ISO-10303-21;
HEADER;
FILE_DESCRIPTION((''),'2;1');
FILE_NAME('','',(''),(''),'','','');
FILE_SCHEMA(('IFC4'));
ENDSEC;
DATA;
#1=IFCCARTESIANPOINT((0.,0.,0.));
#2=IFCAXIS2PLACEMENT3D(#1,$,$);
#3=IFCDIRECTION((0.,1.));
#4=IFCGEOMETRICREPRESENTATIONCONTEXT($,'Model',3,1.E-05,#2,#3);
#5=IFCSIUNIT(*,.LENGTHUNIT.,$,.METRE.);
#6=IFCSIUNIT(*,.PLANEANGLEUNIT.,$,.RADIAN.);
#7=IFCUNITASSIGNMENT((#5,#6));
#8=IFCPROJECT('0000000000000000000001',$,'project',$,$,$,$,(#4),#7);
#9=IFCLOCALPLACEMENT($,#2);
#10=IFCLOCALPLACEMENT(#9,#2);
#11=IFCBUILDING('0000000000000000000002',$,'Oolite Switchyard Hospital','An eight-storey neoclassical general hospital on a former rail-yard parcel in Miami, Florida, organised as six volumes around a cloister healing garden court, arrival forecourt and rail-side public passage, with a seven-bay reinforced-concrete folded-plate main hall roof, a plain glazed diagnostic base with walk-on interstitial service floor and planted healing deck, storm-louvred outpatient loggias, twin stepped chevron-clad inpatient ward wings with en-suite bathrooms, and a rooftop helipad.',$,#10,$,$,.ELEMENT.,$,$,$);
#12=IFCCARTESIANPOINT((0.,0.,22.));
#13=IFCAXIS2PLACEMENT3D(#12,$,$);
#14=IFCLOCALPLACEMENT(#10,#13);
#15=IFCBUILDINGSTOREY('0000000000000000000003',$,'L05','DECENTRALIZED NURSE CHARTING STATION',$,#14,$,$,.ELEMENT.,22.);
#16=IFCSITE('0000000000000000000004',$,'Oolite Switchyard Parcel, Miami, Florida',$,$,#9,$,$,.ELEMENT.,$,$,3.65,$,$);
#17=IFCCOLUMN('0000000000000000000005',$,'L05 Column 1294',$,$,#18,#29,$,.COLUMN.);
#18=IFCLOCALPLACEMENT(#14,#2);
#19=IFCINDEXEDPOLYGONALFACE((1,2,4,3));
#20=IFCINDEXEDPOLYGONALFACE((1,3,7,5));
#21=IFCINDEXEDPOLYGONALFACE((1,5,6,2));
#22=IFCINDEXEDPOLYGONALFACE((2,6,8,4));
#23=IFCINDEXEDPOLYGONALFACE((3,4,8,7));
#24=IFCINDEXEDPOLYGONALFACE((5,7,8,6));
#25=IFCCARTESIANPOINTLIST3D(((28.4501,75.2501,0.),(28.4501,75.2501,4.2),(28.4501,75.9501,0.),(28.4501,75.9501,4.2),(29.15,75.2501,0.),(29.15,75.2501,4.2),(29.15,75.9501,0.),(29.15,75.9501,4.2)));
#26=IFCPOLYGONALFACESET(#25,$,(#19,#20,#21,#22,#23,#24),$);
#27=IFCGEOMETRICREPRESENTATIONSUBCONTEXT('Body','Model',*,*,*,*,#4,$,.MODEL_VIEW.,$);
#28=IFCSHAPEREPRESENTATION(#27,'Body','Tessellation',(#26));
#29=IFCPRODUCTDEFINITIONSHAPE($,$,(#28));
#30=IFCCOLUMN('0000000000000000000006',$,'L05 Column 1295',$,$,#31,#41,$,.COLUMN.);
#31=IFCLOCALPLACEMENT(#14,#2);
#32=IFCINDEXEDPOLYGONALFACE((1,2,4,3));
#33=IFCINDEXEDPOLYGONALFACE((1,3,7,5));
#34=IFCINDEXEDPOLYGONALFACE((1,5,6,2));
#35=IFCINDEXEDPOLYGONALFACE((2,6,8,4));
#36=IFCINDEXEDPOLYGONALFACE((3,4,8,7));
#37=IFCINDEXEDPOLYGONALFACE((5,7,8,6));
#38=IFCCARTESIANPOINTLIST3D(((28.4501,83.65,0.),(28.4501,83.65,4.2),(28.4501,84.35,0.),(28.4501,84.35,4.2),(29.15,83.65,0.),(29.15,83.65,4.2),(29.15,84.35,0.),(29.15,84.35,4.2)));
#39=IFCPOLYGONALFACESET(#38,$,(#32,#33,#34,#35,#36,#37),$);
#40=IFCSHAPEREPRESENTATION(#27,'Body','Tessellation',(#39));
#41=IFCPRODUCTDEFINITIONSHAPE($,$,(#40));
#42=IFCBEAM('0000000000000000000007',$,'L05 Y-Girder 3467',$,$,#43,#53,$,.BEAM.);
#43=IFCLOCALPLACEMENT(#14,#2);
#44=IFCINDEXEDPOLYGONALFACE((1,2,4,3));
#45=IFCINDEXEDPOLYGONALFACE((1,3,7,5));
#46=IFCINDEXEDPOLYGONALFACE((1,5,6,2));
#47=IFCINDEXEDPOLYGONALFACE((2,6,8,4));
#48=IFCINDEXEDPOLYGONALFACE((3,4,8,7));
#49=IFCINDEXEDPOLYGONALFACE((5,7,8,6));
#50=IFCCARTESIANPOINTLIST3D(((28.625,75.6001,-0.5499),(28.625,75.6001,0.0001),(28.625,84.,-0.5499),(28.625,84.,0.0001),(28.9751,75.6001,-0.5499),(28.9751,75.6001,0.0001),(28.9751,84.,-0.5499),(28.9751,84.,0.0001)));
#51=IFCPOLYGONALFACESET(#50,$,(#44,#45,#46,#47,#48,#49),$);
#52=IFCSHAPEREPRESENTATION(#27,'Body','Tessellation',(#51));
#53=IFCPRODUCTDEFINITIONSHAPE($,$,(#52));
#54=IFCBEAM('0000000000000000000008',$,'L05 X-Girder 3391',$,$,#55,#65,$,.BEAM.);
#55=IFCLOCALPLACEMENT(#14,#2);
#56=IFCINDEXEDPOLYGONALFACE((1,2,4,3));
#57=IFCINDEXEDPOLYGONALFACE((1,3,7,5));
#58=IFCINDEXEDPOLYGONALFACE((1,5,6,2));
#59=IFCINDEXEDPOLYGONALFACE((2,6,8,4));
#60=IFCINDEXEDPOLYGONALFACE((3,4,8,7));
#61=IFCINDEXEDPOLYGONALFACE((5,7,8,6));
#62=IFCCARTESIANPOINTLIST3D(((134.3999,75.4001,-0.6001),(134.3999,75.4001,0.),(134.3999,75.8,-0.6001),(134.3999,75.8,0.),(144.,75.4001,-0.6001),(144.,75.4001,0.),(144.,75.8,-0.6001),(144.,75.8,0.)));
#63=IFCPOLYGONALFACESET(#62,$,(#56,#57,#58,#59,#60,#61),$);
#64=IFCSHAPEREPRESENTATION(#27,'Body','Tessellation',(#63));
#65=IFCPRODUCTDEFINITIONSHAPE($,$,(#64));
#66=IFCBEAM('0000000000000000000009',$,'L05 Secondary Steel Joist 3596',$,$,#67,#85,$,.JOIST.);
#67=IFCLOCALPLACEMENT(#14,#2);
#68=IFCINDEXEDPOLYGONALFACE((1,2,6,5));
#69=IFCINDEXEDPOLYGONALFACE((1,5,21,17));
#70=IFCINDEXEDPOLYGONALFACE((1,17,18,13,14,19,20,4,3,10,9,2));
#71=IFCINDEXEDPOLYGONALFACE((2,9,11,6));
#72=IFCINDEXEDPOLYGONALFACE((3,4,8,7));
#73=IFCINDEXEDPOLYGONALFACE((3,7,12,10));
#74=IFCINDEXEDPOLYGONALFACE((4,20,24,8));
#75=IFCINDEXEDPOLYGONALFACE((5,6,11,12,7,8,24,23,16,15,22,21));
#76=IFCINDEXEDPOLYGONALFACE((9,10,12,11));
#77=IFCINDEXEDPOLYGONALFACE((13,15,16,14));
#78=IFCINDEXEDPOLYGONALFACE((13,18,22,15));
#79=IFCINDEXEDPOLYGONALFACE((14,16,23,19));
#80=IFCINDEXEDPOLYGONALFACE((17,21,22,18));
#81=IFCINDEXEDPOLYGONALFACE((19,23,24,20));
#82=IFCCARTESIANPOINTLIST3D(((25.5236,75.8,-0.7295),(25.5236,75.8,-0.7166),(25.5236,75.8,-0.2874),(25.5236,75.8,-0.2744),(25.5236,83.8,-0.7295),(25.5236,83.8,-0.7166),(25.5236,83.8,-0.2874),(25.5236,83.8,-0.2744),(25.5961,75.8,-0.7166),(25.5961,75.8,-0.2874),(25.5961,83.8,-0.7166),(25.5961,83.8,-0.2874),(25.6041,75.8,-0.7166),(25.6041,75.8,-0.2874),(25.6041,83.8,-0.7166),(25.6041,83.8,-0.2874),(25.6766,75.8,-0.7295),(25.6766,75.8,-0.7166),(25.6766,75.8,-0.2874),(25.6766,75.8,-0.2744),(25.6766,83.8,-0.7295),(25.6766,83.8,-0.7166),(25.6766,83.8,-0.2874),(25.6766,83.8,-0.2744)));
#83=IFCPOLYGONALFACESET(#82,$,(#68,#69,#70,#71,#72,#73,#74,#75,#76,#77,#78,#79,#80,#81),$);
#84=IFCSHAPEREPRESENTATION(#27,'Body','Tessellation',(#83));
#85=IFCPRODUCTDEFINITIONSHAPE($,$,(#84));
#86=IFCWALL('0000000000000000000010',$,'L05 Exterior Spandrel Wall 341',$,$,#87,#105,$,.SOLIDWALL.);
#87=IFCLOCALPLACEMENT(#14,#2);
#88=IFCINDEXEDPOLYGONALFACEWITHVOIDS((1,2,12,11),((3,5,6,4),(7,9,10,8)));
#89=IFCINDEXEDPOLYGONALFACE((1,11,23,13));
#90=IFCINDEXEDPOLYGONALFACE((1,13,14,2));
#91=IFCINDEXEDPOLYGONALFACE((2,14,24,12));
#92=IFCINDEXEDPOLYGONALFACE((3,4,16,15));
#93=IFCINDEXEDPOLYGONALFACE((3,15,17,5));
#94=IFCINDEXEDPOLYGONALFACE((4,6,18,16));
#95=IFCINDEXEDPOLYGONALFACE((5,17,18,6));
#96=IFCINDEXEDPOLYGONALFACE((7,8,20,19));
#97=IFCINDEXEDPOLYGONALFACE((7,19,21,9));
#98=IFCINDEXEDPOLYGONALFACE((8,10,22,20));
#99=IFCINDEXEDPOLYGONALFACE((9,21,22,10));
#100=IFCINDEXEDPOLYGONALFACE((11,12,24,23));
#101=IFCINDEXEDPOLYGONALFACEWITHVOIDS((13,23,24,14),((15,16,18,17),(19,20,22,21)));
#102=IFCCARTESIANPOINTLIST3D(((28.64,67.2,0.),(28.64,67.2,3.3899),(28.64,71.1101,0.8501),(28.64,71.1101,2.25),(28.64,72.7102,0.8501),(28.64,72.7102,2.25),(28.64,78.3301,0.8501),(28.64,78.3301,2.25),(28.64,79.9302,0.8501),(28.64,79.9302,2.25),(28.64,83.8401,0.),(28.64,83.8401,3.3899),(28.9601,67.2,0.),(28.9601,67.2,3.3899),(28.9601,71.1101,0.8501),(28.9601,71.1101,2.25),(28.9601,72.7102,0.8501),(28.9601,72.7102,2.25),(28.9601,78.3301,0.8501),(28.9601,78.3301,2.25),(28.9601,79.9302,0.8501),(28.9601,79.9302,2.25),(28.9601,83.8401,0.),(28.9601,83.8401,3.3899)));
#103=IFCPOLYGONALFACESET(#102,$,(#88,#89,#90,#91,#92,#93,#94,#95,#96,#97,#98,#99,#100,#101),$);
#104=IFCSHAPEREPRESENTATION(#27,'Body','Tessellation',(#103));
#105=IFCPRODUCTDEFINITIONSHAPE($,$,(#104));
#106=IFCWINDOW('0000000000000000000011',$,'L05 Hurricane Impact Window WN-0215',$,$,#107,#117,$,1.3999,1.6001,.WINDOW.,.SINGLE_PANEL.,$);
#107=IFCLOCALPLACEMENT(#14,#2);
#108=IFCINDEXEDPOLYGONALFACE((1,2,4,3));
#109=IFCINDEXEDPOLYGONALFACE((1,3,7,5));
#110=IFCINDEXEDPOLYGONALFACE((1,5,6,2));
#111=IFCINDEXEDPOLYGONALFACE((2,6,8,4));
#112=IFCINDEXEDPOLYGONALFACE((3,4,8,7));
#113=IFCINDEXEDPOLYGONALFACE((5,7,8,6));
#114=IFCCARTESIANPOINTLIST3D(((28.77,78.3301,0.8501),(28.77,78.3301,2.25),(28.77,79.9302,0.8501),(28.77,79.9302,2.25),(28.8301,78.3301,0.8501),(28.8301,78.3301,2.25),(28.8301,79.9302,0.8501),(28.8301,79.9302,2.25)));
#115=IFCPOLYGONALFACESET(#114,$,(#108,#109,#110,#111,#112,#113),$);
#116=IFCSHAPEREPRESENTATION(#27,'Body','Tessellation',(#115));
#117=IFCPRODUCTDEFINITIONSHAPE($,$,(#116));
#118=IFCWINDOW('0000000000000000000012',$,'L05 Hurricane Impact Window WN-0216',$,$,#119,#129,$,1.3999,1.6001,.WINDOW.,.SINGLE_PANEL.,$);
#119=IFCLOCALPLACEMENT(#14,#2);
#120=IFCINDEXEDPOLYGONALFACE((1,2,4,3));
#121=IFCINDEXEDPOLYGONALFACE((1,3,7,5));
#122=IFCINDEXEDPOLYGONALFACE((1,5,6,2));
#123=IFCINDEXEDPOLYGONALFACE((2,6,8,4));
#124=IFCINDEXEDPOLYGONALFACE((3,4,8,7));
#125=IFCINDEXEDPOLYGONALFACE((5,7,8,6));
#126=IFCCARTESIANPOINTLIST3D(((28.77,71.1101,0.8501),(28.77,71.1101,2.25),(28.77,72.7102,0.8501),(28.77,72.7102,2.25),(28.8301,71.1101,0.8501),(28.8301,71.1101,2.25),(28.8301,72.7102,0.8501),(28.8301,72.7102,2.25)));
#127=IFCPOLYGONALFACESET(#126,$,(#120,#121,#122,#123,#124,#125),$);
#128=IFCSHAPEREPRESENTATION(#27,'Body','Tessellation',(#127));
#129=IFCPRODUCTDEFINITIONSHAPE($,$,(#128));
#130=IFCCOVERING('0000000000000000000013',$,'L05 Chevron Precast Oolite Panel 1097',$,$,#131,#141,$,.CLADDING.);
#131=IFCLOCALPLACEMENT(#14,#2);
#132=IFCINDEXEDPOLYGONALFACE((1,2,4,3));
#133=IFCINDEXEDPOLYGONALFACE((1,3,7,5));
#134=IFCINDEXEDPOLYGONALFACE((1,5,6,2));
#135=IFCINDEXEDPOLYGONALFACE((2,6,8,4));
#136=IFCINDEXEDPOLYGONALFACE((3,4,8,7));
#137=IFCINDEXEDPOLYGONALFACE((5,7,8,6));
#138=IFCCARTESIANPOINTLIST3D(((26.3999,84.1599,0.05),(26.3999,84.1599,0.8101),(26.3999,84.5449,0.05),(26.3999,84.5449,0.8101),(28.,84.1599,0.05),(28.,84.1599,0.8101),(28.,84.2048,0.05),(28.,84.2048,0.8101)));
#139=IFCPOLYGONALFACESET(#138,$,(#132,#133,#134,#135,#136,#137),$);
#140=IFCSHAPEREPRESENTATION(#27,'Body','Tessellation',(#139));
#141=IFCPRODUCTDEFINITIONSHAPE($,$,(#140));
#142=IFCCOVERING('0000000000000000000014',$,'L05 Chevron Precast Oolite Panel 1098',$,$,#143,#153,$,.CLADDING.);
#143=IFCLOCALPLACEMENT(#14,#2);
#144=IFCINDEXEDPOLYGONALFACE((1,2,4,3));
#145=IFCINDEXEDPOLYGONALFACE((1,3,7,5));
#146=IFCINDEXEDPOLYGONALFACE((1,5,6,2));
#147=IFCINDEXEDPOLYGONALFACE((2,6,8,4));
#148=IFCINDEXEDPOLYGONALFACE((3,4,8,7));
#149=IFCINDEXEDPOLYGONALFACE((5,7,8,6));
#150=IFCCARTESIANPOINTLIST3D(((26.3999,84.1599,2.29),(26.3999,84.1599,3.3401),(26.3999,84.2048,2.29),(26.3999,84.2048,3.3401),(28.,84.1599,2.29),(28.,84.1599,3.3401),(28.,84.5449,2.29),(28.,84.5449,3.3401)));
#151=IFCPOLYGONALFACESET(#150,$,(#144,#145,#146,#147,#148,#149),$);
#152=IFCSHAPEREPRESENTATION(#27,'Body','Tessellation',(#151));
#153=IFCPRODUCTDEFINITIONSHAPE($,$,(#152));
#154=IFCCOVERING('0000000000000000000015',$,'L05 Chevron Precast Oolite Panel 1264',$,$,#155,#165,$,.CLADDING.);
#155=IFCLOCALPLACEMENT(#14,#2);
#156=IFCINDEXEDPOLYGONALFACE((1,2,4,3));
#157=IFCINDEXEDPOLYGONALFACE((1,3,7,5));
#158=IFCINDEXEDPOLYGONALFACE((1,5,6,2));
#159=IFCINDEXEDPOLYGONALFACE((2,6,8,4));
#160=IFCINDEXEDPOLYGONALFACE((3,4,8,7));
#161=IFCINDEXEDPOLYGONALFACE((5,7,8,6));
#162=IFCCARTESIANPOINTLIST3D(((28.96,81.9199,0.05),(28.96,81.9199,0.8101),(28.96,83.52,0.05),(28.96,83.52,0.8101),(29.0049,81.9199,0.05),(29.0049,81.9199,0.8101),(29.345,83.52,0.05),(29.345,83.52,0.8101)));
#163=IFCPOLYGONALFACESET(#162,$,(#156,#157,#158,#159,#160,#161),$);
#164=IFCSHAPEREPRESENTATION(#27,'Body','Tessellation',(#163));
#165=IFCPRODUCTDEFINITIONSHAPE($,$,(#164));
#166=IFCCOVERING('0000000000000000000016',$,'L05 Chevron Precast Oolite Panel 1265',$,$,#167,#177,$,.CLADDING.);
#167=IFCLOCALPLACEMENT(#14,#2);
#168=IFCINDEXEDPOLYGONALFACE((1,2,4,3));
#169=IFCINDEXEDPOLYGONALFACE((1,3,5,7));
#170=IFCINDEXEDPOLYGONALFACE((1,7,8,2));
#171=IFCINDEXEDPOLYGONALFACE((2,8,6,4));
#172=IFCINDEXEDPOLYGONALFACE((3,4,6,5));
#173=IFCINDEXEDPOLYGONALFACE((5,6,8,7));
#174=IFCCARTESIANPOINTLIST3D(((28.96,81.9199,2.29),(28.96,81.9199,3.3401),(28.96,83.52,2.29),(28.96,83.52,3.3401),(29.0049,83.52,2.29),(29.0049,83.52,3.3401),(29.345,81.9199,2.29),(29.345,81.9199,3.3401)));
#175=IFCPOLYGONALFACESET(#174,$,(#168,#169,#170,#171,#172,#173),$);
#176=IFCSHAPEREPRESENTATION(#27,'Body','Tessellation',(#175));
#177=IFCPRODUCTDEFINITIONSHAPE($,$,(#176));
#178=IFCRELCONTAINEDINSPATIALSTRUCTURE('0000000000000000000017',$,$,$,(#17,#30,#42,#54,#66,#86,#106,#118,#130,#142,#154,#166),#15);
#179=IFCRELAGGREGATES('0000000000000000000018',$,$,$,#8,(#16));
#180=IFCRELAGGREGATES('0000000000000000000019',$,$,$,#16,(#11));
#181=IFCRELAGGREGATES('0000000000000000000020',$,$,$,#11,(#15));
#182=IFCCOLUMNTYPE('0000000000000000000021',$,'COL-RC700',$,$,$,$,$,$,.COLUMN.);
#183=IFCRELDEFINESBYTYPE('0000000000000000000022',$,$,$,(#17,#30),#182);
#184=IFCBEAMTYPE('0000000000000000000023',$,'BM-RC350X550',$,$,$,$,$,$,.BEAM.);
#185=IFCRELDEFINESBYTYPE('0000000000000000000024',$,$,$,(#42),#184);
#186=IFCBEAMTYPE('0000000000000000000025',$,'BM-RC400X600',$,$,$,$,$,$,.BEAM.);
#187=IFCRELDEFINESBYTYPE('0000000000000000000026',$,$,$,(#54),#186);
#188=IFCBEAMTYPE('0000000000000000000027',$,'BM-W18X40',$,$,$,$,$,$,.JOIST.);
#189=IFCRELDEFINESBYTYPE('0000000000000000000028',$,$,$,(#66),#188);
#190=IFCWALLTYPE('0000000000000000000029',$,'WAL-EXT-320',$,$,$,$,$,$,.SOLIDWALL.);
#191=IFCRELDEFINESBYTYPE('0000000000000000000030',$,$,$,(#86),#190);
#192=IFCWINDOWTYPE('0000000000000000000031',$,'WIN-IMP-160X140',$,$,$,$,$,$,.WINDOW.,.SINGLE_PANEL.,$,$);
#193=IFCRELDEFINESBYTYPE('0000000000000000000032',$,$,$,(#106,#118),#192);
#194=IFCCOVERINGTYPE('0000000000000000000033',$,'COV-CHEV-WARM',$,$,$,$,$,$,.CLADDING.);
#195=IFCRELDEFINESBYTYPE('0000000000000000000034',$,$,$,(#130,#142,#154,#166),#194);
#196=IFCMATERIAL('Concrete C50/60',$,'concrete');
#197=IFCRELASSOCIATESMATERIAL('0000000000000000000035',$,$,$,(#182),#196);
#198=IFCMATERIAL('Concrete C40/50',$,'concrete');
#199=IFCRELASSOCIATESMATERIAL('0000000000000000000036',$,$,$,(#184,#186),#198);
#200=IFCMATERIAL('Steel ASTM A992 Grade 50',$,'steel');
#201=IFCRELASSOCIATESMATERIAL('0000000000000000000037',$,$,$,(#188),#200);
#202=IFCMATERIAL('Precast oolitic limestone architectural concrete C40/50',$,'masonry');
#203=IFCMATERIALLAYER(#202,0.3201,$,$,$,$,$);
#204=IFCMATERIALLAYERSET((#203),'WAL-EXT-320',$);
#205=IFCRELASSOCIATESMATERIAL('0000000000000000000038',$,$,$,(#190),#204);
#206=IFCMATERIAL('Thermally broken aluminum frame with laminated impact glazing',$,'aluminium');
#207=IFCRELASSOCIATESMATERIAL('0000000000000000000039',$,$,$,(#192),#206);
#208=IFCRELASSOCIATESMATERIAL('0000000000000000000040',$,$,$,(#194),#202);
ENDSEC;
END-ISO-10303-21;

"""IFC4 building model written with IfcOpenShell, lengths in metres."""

from ifc_helpers import new_model, si_unit, direction, frame, frame_2d, origin, origin_2d, place, context, subcontext, project, spatial, polyline, rectangle, i_section, outline, extrude, material, layer, layer_set, material_profile, profile_set, type_object, element, fill, save


model = new_model("IFC4")

# Units and contexts
model_context = context("Model", 3, precision=1e-05, world=origin(), true_north=direction((0.0, 1.0)))
body_context = subcontext(model_context, "Body", "Model", "MODEL_VIEW")
ifc_project = project(units=[si_unit("LENGTHUNIT", "METRE"), si_unit("PLANEANGLEUNIT", "RADIAN")], contexts=[model_context])

# Site, building, storey
site_placement = place(None, origin())
site = spatial("IfcSite", under=ifc_project, at=site_placement, Name="Oolite Switchyard Parcel, Miami, Florida", CompositionType="ELEMENT", RefElevation=3.65)
building_placement = place(site_placement, origin())
building = spatial("IfcBuilding", under=site, at=building_placement, Name="Oolite Switchyard Hospital", Description="An eight-storey neoclassical general hospital on a former rail-yard parcel in Miami, Florida, organised as six volumes around a cloister healing garden court, arrival forecourt and rail-side public passage, with a seven-bay reinforced-concrete folded-plate main hall roof, a plain glazed diagnostic base with walk-on interstitial service floor and planted healing deck, storm-louvred outpatient loggias, twin stepped chevron-clad inpatient ward wings with en-suite bathrooms, and a rooftop helipad.", CompositionType="ELEMENT")
storey_placement = place(building_placement, frame((0.0, 0.0, 22.0)))
storey = spatial("IfcBuildingStorey", under=building, at=storey_placement, Name="L05", Description="DECENTRALIZED NURSE CHARTING STATION", CompositionType="ELEMENT", Elevation=22.0)

# Columns
ifc_material_1 = material(Name="Concrete C50/60", Category="concrete")
ifc_material_profile_1 = material_profile(ifc_material_1, rectangle(XDim=0.7, YDim=0.7, at=origin_2d()), Name="RC700X700")
ifc_profile_set_1 = profile_set([ifc_material_profile_1], Name="Concrete C50/60")
column_type = type_object("IfcColumnType", Name="COL-RC700", PredefinedType="COLUMN", material=ifc_profile_set_1)
for number, where, z_axis, x_axis, name in (
    (1, (28.8, 75.6001, 0.0), (0.0, 0.0, 1.0), (1.0, 0.0, 0.0), "L05 Column 1294"),
    (2, (28.8, 84.0, 0.0), (0.0, 0.0, 1.0), (1.0, 0.0, 0.0), "L05 Column 1295"),
):
    element("IfcColumn", number, at=place(storey_placement, frame(where, z_axis=z_axis, x_axis=x_axis)), inside=storey, type_object=column_type, Name=name, PredefinedType="COLUMN", context=body_context, shape_type="SweptSolid", body=[
        extrude(rectangle(XDim=0.7, YDim=0.7, at=origin_2d()), origin(), (0.0, 0.0, 1.0), 4.2),
    ])

# Beams
ifc_material_2 = material(Name="Concrete C40/50", Category="concrete")
ifc_material_profile_2 = material_profile(ifc_material_2, rectangle(XDim=0.3501, YDim=0.55, at=origin_2d()), Name="RCB350X550")
ifc_profile_set_2 = profile_set([ifc_material_profile_2], Name="Concrete C40/50")
beam_type_1 = type_object("IfcBeamType", Name="BM-RC350X550", PredefinedType="BEAM", material=ifc_profile_set_2)
beam_1_placement = place(storey_placement, frame((28.8, 75.6001, -0.2749), z_axis=(0.0, 1.0, 0.0), x_axis=(-1.0, 0.0, 0.0)))
element("IfcBeam", 3, at=beam_1_placement, inside=storey, type_object=beam_type_1, Name="L05 Y-Girder 3467", PredefinedType="BEAM", context=body_context, shape_type="SweptSolid", body=[
    extrude(rectangle(XDim=0.3501, YDim=0.55, at=origin_2d()), origin(), (0.0, 0.0, 1.0), 8.3999),
])
ifc_material_profile_3 = material_profile(ifc_material_2, rectangle(XDim=0.3999, YDim=0.6001, at=origin_2d()), Name="RCB400X600")
ifc_profile_set_3 = profile_set([ifc_material_profile_3], Name="Concrete C40/50")
beam_type_2 = type_object("IfcBeamType", Name="BM-RC400X600", PredefinedType="BEAM", material=ifc_profile_set_3)
beam_2_placement = place(storey_placement, frame((134.3999, 75.6001, -0.3), z_axis=(1.0, 0.0, 0.0), x_axis=(0.0, 1.0, 0.0)))
element("IfcBeam", 4, at=beam_2_placement, inside=storey, type_object=beam_type_2, Name="L05 X-Girder 3391", PredefinedType="BEAM", context=body_context, shape_type="SweptSolid", body=[
    extrude(rectangle(XDim=0.3999, YDim=0.6001, at=origin_2d()), origin(), (0.0, 0.0, 1.0), 9.6001),
])
ifc_material_3 = material(Name="Steel ASTM A992 Grade 50", Category="steel")
ifc_material_profile_4 = material_profile(ifc_material_3, i_section(OverallWidth=0.1531, OverallDepth=0.4551, WebThickness=0.0081, FlangeThickness=0.0129, at=origin_2d()), Name="W18X40")
ifc_profile_set_4 = profile_set([ifc_material_profile_4], Name="Steel ASTM A992 Grade 50")
beam_type_3 = type_object("IfcBeamType", Name="BM-W18X40", PredefinedType="JOIST", material=ifc_profile_set_4)
beam_3_placement = place(storey_placement, frame((25.6001, 75.8, -0.502), z_axis=(0.0, 1.0, 0.0), x_axis=(-1.0, 0.0, 0.0)))
element("IfcBeam", 5, at=beam_3_placement, inside=storey, type_object=beam_type_3, Name="L05 Secondary Steel Joist 3596", PredefinedType="JOIST", context=body_context, shape_type="SweptSolid", body=[
    extrude(i_section(OverallWidth=0.1531, OverallDepth=0.4551, WebThickness=0.0081, FlangeThickness=0.0129, at=origin_2d()), origin(), (0.0, 0.0, 1.0), 8.0),
])

# Wall, openings, windows
ifc_material_4 = material(Name="Precast oolitic limestone architectural concrete C40/50", Category="masonry")
ifc_layer = layer(ifc_material_4, 0.3201)
ifc_layer_set = layer_set([ifc_layer], Name="WAL-EXT-320")
wall_type = type_object("IfcWallType", Name="WAL-EXT-320", PredefinedType="SOLIDWALL", material=ifc_layer_set)
wall_placement = place(storey_placement, frame((28.8, 83.8401, 0.0), z_axis=(0.0, 0.0, 1.0), x_axis=(0.0, -1.0, 0.0)))
wall = element("IfcWall", 6, at=wall_placement, inside=storey, type_object=wall_type, Name="L05 Exterior Spandrel Wall 341", PredefinedType="SOLIDWALL", context=body_context, shape_type="SweptSolid", body=[
    extrude(rectangle(XDim=16.6401, YDim=0.3201, at=frame_2d((8.3201, 0.0))), origin(), (0.0, 0.0, 1.0), 3.3899),
])
opening_1_placement = place(wall_placement, frame((3.9099, 0.0, 0.8501)))
opening_1 = element("IfcOpeningElement", 7, at=opening_1_placement, cuts=wall, PredefinedType="OPENING", context=body_context, shape_type="SweptSolid", body=[
    extrude(rectangle(XDim=1.6001, YDim=1.3999, at=frame_2d((0.8, 0.7))), frame((0.0, 0.1699, 0.0), z_axis=(0.0, -1.0, 0.0), x_axis=(1.0, 0.0, 0.0)), (0.0, 0.0, 1.0), 0.3401),
])
opening_2_placement = place(wall_placement, frame((11.1299, 0.0, 0.8501)))
opening_2 = element("IfcOpeningElement", 8, at=opening_2_placement, cuts=wall, PredefinedType="OPENING", context=body_context, shape_type="SweptSolid", body=[
    extrude(rectangle(XDim=1.6001, YDim=1.3999, at=frame_2d((0.8, 0.7))), frame((0.0, 0.1699, 0.0), z_axis=(0.0, -1.0, 0.0), x_axis=(1.0, 0.0, 0.0)), (0.0, 0.0, 1.0), 0.3401),
])
ifc_material_5 = material(Name="Thermally broken aluminum frame with laminated impact glazing", Category="aluminium")
window_type = type_object("IfcWindowType", Name="WIN-IMP-160X140", PartitioningType="SINGLE_PANEL", PredefinedType="WINDOW", material=ifc_material_5)
window_1_placement = place(opening_1_placement, origin())
window_1 = element("IfcWindow", 9, at=window_1_placement, inside=storey, type_object=window_type, Name="L05 Hurricane Impact Window WN-0215", OverallHeight=1.3999, OverallWidth=1.6001, PartitioningType="SINGLE_PANEL", PredefinedType="WINDOW", context=body_context, shape_type="SweptSolid", body=[
    extrude(rectangle(XDim=1.6001, YDim=1.3999, at=frame_2d((0.8, 0.7))), frame((0.0, 0.03, 0.0), z_axis=(0.0, -1.0, 0.0), x_axis=(1.0, 0.0, 0.0)), (0.0, 0.0, 1.0), 0.0601),
])
fill(opening_1, window_1)
window_2_placement = place(opening_2_placement, origin())
window_2 = element("IfcWindow", 10, at=window_2_placement, inside=storey, type_object=window_type, Name="L05 Hurricane Impact Window WN-0216", OverallHeight=1.3999, OverallWidth=1.6001, PartitioningType="SINGLE_PANEL", PredefinedType="WINDOW", context=body_context, shape_type="SweptSolid", body=[
    extrude(rectangle(XDim=1.6001, YDim=1.3999, at=frame_2d((0.8, 0.7))), frame((0.0, 0.03, 0.0), z_axis=(0.0, -1.0, 0.0), x_axis=(1.0, 0.0, 0.0)), (0.0, 0.0, 1.0), 0.0601),
])
fill(opening_2, window_2)

# Coverings
covering_type = type_object("IfcCoveringType", Name="COV-CHEV-WARM", PredefinedType="CLADDING", material=ifc_material_4)
covering_1_placement = place(storey_placement, frame((26.3999, 84.1599, 0.05), z_axis=(0.0, 0.0, 1.0), x_axis=(1.0, 0.0, 0.0)))
element("IfcCovering", 11, at=covering_1_placement, inside=storey, type_object=covering_type, Name="L05 Chevron Precast Oolite Panel 1097", PredefinedType="CLADDING", context=body_context, shape_type="SweptSolid", body=[
    extrude(outline(polyline([(0.0, 0.0), (1.6001, 0.0), (1.6001, 0.0449), (0.0, 0.385), (0.0, 0.0)])), origin(), (0.0, 0.0, 1.0), 0.76),
])
covering_2_placement = place(storey_placement, frame((26.3999, 84.1599, 2.29), z_axis=(0.0, 0.0, 1.0), x_axis=(1.0, 0.0, 0.0)))
element("IfcCovering", 12, at=covering_2_placement, inside=storey, type_object=covering_type, Name="L05 Chevron Precast Oolite Panel 1098", PredefinedType="CLADDING", context=body_context, shape_type="SweptSolid", body=[
    extrude(outline(polyline([(0.0, 0.0), (1.6001, 0.0), (1.6001, 0.385), (0.0, 0.0449), (0.0, 0.0)])), origin(), (0.0, 0.0, 1.0), 1.05),
])
covering_3_placement = place(storey_placement, frame((28.96, 83.52, 0.05), z_axis=(0.0, 0.0, 1.0), x_axis=(0.0, -1.0, 0.0)))
element("IfcCovering", 13, at=covering_3_placement, inside=storey, type_object=covering_type, Name="L05 Chevron Precast Oolite Panel 1264", PredefinedType="CLADDING", context=body_context, shape_type="SweptSolid", body=[
    extrude(outline(polyline([(0.0, 0.0), (1.6001, 0.0), (1.6001, 0.0449), (0.0, 0.385), (0.0, 0.0)])), origin(), (0.0, 0.0, 1.0), 0.76),
])
covering_4_placement = place(storey_placement, frame((28.96, 83.52, 2.29), z_axis=(0.0, 0.0, 1.0), x_axis=(0.0, -1.0, 0.0)))
element("IfcCovering", 14, at=covering_4_placement, inside=storey, type_object=covering_type, Name="L05 Chevron Precast Oolite Panel 1265", PredefinedType="CLADDING", context=body_context, shape_type="SweptSolid", body=[
    extrude(outline(polyline([(0.0, 0.0), (1.6001, 0.0), (1.6001, 0.385), (0.0, 0.0449), (0.0, 0.0)])), origin(), (0.0, 0.0, 1.0), 1.05),
])

save(model, "model.ifc")
